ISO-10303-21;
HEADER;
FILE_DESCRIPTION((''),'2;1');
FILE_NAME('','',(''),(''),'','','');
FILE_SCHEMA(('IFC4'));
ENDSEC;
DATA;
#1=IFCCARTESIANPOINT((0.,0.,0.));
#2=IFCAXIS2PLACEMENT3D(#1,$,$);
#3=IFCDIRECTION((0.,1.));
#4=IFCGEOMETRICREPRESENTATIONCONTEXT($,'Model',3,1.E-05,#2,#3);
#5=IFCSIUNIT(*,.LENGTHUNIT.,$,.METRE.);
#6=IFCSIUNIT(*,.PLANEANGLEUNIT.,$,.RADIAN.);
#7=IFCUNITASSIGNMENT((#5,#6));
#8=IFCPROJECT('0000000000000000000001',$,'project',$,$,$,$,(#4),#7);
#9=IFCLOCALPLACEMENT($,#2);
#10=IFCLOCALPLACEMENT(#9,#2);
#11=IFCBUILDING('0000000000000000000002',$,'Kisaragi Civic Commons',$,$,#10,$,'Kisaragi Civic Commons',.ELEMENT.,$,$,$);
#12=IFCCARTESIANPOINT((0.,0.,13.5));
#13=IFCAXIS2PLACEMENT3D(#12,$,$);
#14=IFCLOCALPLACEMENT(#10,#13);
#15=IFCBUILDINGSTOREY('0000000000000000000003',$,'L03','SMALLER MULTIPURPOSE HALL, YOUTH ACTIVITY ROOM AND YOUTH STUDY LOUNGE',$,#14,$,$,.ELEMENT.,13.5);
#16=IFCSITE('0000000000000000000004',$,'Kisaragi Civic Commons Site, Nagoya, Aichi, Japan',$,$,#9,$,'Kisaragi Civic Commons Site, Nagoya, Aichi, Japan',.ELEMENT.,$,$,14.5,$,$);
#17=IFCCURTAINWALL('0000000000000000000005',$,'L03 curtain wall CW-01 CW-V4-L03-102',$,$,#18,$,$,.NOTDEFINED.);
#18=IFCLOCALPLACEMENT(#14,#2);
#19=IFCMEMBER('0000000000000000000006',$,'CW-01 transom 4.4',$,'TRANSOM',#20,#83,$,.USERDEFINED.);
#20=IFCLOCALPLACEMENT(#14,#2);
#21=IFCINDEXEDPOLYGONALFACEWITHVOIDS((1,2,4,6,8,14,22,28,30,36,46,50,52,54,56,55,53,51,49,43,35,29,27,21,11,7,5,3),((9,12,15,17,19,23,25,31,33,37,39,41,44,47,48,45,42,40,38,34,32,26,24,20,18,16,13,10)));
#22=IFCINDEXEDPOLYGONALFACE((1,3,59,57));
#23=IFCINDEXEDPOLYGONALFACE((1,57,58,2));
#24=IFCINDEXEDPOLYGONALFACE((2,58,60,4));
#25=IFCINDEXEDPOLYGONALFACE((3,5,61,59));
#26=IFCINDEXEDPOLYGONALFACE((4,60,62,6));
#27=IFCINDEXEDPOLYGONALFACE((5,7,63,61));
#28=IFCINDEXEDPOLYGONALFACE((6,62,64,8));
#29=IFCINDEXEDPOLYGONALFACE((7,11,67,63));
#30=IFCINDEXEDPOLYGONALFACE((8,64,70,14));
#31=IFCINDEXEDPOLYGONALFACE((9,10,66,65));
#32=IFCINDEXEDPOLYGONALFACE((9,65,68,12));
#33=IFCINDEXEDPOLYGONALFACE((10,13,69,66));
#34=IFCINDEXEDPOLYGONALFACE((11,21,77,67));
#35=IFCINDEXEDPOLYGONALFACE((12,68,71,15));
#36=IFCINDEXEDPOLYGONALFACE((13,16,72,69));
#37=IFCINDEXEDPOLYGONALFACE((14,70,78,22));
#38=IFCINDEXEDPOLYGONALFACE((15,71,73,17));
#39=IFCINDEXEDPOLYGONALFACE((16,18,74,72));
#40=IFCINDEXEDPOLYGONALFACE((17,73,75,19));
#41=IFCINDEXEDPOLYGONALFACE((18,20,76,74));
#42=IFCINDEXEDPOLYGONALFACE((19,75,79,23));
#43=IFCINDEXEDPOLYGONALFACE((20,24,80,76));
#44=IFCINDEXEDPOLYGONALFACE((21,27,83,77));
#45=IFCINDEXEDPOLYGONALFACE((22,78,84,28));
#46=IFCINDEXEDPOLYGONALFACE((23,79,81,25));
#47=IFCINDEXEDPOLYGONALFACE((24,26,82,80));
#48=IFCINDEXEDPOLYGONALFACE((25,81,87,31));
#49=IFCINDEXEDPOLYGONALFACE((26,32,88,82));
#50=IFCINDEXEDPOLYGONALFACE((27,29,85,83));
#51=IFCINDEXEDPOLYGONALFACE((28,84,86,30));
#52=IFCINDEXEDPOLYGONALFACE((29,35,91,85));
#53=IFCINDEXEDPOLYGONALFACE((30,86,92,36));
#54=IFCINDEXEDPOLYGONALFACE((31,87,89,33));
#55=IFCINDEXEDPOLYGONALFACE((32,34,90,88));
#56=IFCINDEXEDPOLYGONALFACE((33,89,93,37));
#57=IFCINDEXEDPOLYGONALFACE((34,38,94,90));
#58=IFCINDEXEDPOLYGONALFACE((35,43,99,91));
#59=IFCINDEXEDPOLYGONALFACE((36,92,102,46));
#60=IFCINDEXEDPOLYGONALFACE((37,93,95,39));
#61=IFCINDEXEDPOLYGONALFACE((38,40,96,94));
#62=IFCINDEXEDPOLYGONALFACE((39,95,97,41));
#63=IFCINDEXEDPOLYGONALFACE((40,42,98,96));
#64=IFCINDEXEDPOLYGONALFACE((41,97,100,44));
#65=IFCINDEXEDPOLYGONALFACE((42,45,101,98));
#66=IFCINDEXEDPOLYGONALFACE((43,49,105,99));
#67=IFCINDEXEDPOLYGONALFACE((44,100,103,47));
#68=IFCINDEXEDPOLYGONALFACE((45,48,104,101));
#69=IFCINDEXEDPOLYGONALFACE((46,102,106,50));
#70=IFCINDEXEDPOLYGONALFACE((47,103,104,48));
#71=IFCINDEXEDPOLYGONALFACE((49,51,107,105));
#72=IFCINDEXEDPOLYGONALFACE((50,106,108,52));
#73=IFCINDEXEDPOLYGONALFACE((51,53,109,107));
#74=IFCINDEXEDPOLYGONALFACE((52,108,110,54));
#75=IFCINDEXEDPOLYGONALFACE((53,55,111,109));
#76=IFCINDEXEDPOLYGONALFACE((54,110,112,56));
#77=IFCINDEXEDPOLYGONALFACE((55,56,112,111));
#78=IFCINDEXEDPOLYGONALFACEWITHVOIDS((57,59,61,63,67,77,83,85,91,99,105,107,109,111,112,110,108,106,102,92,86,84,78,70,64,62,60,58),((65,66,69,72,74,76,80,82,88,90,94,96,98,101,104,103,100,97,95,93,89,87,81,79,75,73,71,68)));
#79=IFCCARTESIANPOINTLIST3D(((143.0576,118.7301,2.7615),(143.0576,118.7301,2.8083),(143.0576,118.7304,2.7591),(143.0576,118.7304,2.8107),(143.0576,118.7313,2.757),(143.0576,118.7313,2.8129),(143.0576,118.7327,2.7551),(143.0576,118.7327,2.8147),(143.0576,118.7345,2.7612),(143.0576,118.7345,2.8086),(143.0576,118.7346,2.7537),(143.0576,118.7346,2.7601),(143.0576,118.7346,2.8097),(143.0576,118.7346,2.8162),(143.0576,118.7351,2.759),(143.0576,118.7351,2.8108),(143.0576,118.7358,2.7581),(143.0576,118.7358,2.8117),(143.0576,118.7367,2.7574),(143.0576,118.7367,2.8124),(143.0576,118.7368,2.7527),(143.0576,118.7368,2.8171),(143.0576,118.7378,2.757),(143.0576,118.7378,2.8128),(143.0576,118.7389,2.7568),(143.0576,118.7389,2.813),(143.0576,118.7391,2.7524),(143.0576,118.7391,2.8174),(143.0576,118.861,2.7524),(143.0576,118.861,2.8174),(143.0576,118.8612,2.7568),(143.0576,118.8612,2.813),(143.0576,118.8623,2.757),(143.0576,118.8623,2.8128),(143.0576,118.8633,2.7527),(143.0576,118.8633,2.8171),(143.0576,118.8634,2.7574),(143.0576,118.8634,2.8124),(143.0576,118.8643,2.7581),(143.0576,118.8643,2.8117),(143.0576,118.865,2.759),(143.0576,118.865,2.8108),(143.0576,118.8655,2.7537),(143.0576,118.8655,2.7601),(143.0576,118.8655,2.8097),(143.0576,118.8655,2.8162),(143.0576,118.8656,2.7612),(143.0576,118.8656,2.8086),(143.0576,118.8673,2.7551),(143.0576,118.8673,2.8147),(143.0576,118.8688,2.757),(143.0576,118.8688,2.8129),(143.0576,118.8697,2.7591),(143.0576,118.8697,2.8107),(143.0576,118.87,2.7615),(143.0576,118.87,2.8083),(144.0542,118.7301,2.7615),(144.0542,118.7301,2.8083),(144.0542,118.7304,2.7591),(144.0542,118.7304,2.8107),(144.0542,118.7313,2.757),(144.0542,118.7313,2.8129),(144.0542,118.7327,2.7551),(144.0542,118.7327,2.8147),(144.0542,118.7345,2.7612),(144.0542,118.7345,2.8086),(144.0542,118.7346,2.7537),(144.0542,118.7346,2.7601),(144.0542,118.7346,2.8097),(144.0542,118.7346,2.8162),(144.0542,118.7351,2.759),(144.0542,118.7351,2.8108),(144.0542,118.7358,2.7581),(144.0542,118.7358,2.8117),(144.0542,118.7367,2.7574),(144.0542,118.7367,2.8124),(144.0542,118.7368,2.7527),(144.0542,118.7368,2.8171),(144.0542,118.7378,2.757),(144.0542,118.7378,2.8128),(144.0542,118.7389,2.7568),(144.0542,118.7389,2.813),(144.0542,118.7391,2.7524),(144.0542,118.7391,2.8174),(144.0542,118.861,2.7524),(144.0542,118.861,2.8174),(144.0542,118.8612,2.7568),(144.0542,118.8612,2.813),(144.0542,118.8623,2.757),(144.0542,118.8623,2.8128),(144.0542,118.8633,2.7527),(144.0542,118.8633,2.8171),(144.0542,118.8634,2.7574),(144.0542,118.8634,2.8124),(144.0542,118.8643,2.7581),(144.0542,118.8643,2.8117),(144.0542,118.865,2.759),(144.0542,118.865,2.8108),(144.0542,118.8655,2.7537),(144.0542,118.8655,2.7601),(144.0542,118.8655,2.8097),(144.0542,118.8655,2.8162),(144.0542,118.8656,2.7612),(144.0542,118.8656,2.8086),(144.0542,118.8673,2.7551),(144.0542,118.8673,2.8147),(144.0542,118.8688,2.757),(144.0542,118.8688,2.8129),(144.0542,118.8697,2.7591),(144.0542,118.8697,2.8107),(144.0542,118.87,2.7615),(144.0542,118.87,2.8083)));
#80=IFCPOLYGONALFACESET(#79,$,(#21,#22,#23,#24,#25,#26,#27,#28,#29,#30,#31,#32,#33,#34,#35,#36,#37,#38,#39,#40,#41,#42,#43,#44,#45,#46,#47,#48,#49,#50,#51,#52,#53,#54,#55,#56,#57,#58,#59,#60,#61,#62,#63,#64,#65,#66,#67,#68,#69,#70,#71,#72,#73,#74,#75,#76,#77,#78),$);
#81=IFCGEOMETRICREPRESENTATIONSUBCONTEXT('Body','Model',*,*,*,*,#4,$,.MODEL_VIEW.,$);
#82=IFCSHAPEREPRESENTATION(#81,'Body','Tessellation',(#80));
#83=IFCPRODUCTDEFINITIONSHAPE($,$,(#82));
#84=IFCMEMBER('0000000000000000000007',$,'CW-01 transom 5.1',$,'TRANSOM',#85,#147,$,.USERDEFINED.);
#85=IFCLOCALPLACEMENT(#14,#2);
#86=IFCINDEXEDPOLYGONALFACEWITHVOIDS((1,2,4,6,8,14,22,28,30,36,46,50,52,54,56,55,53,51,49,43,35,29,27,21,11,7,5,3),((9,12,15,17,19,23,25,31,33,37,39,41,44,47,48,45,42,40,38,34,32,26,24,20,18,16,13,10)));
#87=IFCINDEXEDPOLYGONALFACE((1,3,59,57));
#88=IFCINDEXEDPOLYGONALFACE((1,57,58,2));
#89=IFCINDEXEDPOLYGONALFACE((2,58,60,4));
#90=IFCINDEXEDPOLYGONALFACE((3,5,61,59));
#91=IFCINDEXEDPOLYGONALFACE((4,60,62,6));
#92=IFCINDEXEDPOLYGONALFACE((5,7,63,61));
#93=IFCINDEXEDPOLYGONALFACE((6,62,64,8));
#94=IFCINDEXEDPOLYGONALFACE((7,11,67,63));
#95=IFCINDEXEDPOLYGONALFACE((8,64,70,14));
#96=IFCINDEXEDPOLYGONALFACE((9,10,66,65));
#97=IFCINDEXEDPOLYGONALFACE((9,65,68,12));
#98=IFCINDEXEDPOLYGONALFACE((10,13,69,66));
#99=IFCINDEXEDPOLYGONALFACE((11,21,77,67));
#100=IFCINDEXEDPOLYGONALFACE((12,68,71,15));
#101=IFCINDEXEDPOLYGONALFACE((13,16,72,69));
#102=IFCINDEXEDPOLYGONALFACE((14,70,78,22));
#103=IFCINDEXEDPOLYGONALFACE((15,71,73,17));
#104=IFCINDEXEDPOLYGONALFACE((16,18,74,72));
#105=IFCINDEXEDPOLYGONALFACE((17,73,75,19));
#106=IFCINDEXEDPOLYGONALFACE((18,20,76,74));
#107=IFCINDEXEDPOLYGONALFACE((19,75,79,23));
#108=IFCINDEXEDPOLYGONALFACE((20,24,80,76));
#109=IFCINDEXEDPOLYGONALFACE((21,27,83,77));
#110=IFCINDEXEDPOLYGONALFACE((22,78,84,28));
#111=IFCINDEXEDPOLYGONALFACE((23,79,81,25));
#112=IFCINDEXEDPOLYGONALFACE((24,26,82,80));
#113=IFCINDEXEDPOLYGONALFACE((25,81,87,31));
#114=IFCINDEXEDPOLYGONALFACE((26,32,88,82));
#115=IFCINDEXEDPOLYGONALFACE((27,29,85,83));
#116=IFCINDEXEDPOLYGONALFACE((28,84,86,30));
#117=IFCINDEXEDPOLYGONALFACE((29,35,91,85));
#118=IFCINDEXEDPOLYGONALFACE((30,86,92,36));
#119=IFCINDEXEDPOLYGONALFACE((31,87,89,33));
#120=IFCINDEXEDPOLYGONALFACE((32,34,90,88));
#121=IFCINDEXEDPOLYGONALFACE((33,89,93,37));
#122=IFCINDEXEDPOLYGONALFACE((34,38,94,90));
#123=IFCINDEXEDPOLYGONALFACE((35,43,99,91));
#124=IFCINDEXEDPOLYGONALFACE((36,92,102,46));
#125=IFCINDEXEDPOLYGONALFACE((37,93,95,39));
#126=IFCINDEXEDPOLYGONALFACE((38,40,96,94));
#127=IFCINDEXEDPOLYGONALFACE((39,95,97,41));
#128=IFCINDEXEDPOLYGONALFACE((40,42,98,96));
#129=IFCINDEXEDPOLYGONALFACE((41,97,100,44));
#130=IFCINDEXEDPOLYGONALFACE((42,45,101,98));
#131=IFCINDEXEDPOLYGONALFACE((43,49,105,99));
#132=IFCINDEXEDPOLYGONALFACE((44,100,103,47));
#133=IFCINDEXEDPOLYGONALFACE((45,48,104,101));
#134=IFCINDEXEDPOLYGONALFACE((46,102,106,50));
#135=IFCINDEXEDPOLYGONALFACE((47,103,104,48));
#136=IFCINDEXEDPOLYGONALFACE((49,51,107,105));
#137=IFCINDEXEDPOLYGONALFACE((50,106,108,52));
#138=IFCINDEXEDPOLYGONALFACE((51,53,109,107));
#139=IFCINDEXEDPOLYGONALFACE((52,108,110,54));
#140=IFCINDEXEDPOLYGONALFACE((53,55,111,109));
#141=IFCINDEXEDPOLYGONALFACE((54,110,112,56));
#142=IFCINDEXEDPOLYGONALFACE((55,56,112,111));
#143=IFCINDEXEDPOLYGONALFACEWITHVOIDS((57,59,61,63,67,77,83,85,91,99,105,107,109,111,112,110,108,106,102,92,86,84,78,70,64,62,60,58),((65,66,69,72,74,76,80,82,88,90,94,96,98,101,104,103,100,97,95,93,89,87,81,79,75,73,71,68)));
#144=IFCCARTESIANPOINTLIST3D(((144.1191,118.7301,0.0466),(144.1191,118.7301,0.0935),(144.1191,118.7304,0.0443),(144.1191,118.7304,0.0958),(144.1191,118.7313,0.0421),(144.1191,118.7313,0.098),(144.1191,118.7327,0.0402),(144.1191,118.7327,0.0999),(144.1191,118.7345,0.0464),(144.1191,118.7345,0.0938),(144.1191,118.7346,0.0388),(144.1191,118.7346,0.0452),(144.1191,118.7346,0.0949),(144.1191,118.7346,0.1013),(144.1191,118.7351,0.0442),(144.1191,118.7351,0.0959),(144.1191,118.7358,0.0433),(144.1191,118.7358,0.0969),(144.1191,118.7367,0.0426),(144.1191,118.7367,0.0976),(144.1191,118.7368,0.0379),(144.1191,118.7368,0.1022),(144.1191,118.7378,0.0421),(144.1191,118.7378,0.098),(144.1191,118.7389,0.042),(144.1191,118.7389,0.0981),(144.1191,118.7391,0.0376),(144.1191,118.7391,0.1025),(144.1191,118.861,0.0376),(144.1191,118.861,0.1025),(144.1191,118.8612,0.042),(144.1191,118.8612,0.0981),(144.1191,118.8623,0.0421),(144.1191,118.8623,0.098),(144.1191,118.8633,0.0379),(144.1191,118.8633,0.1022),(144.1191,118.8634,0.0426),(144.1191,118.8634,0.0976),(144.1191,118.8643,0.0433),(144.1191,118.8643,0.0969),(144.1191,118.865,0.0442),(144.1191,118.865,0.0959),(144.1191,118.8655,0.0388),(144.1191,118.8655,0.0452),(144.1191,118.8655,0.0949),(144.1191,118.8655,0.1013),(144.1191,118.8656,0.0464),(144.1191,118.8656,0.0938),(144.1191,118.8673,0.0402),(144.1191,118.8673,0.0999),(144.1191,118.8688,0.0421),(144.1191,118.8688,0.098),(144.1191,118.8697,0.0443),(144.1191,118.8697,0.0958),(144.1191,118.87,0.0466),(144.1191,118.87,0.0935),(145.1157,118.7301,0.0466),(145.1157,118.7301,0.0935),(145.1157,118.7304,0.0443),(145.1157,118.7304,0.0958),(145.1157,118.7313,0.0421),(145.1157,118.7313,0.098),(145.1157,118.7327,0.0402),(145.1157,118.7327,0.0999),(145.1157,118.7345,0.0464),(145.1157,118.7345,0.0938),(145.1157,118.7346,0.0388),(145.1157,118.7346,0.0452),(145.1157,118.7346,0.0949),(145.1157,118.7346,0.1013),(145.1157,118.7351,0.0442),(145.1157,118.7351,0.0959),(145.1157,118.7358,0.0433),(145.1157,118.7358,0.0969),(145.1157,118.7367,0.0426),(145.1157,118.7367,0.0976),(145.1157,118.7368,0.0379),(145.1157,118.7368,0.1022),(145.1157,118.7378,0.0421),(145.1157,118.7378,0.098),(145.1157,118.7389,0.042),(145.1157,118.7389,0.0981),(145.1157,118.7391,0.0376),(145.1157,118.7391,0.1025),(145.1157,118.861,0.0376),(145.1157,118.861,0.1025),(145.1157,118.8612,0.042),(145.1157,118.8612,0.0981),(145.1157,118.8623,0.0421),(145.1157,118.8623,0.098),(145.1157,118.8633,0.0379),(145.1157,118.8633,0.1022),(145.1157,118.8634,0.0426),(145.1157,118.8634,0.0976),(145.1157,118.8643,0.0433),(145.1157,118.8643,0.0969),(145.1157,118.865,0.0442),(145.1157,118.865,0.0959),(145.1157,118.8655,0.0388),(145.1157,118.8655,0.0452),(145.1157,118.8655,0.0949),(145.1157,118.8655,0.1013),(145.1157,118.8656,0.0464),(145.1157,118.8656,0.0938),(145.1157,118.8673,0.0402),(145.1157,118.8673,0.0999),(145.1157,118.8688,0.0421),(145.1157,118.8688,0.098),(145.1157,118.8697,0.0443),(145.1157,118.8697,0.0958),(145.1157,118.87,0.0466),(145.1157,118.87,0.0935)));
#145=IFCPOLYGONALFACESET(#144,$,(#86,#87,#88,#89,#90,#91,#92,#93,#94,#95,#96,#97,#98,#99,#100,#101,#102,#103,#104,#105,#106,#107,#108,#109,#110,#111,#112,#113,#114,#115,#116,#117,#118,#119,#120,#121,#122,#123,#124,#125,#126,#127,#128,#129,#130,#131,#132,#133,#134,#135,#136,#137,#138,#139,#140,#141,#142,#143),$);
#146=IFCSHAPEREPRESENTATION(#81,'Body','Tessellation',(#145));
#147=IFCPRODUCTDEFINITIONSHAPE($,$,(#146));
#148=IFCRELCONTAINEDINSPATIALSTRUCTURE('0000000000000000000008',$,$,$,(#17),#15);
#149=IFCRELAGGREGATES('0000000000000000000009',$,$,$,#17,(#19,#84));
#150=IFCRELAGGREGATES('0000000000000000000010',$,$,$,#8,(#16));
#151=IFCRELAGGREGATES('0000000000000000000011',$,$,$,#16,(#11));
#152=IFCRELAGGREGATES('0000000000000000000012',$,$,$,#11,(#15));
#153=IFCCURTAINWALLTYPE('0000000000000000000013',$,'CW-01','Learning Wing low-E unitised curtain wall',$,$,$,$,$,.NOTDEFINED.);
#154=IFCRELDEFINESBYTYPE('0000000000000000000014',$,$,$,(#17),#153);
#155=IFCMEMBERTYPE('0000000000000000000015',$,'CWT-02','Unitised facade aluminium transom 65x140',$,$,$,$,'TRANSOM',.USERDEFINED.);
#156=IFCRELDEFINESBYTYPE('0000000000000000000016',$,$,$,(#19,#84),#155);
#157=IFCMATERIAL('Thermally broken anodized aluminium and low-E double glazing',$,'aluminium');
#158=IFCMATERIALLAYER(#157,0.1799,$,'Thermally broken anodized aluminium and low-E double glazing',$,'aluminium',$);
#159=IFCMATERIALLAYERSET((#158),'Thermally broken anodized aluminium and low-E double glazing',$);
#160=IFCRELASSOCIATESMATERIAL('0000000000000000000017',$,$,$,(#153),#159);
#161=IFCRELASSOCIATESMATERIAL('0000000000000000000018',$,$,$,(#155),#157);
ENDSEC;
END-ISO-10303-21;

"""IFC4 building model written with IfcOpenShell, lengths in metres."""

from ifc_helpers import new_model, si_unit, direction, frame, origin, origin_2d, place, context, subcontext, project, spatial, hollow_rectangle, extrude, material, layer, layer_set, material_profile, profile_set, type_object, element, aggregate, save


model = new_model("IFC4")

# Units and contexts
model_context = context("Model", 3, precision=1e-05, world=origin(), true_north=direction((0.0, 1.0)))
body_context = subcontext(model_context, "Body", "Model", "MODEL_VIEW")
ifc_project = project(units=[si_unit("LENGTHUNIT", "METRE"), si_unit("PLANEANGLEUNIT", "RADIAN")], contexts=[model_context])

# Site, building, storey
site_placement = place(None, origin())
site = spatial("IfcSite", under=ifc_project, at=site_placement, Name="Kisaragi Civic Commons Site, Nagoya, Aichi, Japan", LongName="Kisaragi Civic Commons Site, Nagoya, Aichi, Japan", CompositionType="ELEMENT", RefElevation=14.5)
building_placement = place(site_placement, origin())
building = spatial("IfcBuilding", under=site, at=building_placement, Name="Kisaragi Civic Commons", LongName="Kisaragi Civic Commons", CompositionType="ELEMENT")
storey_placement = place(building_placement, frame((0.0, 0.0, 13.5)))
storey = spatial("IfcBuildingStorey", under=building, at=storey_placement, Name="L03", Description="SMALLER MULTIPURPOSE HALL, YOUTH ACTIVITY ROOM AND YOUTH STUDY LOUNGE", CompositionType="ELEMENT", Elevation=13.5)

# Curtain wall, members
ifc_material = material(Name="Thermally broken anodized aluminium and low-E double glazing", Category="aluminium")
ifc_layer_1 = layer(ifc_material, 0.1799, Name="Thermally broken anodized aluminium and low-E double glazing", Category="aluminium")
ifc_layer_set_1 = layer_set([ifc_layer_1], Name="Thermally broken anodized aluminium and low-E double glazing")
curtain_wall_type = type_object("IfcCurtainWallType", Name="CW-01", Description="Learning Wing low-E unitised curtain wall", PredefinedType="NOTDEFINED", material=ifc_layer_set_1)
curtain_wall_placement = place(storey_placement, origin())
curtain_wall = element("IfcCurtainWall", 1, at=curtain_wall_placement, inside=storey, type_object=curtain_wall_type, Name="L03 curtain wall CW-01 CW-V4-L03-102", PredefinedType="NOTDEFINED")
ifc_material_profile_1 = material_profile(ifc_material, hollow_rectangle(XDim=0.1399, YDim=0.0649, WallThickness=0.0044, InnerFilletRadius=0.0044, OuterFilletRadius=0.009, at=origin_2d()), Name="CWT-65x140x4.5", Category="aluminium")
ifc_profile_set_1 = profile_set([ifc_material_profile_1], Name="Thermally broken anodized aluminium and low-E double glazing")
member_type_1 = type_object("IfcMemberType", Name="CWT-02", Description="Unitised facade aluminium transom 65x140", ElementType="TRANSOM", PredefinedType="USERDEFINED", material=ifc_profile_set_1)
member_1_placement = place(storey_placement, frame((143.0576, 118.8, 2.7849), z_axis=(1.0, 0.0, 0.0), x_axis=(0.0, 1.0, 0.0)))
member_1 = element("IfcMember", 2, at=member_1_placement, type_object=member_type_1, Name="CW-01 transom 4.4", ObjectType="TRANSOM", PredefinedType="USERDEFINED", context=body_context, shape_type="SweptSolid", body=[
    extrude(hollow_rectangle(XDim=0.1399, YDim=0.0649, WallThickness=0.0044, InnerFilletRadius=0.0044, OuterFilletRadius=0.009, at=origin_2d()), origin(), (0.0, 0.0, 1.0), 0.9966),
])
member_2_placement = place(storey_placement, frame((144.1191, 118.8, 0.0701), z_axis=(1.0, 0.0, 0.0), x_axis=(0.0, 1.0, 0.0)))
member_2 = element("IfcMember", 3, at=member_2_placement, type_object=member_type_1, Name="CW-01 transom 5.1", ObjectType="TRANSOM", PredefinedType="USERDEFINED", context=body_context, shape_type="SweptSolid", body=[
    extrude(hollow_rectangle(XDim=0.1399, YDim=0.0649, WallThickness=0.0044, InnerFilletRadius=0.0044, OuterFilletRadius=0.009, at=origin_2d()), origin(), (0.0, 0.0, 1.0), 0.9966),
])
aggregate(curtain_wall, [member_1, member_2])

save(model, "model.ifc")
